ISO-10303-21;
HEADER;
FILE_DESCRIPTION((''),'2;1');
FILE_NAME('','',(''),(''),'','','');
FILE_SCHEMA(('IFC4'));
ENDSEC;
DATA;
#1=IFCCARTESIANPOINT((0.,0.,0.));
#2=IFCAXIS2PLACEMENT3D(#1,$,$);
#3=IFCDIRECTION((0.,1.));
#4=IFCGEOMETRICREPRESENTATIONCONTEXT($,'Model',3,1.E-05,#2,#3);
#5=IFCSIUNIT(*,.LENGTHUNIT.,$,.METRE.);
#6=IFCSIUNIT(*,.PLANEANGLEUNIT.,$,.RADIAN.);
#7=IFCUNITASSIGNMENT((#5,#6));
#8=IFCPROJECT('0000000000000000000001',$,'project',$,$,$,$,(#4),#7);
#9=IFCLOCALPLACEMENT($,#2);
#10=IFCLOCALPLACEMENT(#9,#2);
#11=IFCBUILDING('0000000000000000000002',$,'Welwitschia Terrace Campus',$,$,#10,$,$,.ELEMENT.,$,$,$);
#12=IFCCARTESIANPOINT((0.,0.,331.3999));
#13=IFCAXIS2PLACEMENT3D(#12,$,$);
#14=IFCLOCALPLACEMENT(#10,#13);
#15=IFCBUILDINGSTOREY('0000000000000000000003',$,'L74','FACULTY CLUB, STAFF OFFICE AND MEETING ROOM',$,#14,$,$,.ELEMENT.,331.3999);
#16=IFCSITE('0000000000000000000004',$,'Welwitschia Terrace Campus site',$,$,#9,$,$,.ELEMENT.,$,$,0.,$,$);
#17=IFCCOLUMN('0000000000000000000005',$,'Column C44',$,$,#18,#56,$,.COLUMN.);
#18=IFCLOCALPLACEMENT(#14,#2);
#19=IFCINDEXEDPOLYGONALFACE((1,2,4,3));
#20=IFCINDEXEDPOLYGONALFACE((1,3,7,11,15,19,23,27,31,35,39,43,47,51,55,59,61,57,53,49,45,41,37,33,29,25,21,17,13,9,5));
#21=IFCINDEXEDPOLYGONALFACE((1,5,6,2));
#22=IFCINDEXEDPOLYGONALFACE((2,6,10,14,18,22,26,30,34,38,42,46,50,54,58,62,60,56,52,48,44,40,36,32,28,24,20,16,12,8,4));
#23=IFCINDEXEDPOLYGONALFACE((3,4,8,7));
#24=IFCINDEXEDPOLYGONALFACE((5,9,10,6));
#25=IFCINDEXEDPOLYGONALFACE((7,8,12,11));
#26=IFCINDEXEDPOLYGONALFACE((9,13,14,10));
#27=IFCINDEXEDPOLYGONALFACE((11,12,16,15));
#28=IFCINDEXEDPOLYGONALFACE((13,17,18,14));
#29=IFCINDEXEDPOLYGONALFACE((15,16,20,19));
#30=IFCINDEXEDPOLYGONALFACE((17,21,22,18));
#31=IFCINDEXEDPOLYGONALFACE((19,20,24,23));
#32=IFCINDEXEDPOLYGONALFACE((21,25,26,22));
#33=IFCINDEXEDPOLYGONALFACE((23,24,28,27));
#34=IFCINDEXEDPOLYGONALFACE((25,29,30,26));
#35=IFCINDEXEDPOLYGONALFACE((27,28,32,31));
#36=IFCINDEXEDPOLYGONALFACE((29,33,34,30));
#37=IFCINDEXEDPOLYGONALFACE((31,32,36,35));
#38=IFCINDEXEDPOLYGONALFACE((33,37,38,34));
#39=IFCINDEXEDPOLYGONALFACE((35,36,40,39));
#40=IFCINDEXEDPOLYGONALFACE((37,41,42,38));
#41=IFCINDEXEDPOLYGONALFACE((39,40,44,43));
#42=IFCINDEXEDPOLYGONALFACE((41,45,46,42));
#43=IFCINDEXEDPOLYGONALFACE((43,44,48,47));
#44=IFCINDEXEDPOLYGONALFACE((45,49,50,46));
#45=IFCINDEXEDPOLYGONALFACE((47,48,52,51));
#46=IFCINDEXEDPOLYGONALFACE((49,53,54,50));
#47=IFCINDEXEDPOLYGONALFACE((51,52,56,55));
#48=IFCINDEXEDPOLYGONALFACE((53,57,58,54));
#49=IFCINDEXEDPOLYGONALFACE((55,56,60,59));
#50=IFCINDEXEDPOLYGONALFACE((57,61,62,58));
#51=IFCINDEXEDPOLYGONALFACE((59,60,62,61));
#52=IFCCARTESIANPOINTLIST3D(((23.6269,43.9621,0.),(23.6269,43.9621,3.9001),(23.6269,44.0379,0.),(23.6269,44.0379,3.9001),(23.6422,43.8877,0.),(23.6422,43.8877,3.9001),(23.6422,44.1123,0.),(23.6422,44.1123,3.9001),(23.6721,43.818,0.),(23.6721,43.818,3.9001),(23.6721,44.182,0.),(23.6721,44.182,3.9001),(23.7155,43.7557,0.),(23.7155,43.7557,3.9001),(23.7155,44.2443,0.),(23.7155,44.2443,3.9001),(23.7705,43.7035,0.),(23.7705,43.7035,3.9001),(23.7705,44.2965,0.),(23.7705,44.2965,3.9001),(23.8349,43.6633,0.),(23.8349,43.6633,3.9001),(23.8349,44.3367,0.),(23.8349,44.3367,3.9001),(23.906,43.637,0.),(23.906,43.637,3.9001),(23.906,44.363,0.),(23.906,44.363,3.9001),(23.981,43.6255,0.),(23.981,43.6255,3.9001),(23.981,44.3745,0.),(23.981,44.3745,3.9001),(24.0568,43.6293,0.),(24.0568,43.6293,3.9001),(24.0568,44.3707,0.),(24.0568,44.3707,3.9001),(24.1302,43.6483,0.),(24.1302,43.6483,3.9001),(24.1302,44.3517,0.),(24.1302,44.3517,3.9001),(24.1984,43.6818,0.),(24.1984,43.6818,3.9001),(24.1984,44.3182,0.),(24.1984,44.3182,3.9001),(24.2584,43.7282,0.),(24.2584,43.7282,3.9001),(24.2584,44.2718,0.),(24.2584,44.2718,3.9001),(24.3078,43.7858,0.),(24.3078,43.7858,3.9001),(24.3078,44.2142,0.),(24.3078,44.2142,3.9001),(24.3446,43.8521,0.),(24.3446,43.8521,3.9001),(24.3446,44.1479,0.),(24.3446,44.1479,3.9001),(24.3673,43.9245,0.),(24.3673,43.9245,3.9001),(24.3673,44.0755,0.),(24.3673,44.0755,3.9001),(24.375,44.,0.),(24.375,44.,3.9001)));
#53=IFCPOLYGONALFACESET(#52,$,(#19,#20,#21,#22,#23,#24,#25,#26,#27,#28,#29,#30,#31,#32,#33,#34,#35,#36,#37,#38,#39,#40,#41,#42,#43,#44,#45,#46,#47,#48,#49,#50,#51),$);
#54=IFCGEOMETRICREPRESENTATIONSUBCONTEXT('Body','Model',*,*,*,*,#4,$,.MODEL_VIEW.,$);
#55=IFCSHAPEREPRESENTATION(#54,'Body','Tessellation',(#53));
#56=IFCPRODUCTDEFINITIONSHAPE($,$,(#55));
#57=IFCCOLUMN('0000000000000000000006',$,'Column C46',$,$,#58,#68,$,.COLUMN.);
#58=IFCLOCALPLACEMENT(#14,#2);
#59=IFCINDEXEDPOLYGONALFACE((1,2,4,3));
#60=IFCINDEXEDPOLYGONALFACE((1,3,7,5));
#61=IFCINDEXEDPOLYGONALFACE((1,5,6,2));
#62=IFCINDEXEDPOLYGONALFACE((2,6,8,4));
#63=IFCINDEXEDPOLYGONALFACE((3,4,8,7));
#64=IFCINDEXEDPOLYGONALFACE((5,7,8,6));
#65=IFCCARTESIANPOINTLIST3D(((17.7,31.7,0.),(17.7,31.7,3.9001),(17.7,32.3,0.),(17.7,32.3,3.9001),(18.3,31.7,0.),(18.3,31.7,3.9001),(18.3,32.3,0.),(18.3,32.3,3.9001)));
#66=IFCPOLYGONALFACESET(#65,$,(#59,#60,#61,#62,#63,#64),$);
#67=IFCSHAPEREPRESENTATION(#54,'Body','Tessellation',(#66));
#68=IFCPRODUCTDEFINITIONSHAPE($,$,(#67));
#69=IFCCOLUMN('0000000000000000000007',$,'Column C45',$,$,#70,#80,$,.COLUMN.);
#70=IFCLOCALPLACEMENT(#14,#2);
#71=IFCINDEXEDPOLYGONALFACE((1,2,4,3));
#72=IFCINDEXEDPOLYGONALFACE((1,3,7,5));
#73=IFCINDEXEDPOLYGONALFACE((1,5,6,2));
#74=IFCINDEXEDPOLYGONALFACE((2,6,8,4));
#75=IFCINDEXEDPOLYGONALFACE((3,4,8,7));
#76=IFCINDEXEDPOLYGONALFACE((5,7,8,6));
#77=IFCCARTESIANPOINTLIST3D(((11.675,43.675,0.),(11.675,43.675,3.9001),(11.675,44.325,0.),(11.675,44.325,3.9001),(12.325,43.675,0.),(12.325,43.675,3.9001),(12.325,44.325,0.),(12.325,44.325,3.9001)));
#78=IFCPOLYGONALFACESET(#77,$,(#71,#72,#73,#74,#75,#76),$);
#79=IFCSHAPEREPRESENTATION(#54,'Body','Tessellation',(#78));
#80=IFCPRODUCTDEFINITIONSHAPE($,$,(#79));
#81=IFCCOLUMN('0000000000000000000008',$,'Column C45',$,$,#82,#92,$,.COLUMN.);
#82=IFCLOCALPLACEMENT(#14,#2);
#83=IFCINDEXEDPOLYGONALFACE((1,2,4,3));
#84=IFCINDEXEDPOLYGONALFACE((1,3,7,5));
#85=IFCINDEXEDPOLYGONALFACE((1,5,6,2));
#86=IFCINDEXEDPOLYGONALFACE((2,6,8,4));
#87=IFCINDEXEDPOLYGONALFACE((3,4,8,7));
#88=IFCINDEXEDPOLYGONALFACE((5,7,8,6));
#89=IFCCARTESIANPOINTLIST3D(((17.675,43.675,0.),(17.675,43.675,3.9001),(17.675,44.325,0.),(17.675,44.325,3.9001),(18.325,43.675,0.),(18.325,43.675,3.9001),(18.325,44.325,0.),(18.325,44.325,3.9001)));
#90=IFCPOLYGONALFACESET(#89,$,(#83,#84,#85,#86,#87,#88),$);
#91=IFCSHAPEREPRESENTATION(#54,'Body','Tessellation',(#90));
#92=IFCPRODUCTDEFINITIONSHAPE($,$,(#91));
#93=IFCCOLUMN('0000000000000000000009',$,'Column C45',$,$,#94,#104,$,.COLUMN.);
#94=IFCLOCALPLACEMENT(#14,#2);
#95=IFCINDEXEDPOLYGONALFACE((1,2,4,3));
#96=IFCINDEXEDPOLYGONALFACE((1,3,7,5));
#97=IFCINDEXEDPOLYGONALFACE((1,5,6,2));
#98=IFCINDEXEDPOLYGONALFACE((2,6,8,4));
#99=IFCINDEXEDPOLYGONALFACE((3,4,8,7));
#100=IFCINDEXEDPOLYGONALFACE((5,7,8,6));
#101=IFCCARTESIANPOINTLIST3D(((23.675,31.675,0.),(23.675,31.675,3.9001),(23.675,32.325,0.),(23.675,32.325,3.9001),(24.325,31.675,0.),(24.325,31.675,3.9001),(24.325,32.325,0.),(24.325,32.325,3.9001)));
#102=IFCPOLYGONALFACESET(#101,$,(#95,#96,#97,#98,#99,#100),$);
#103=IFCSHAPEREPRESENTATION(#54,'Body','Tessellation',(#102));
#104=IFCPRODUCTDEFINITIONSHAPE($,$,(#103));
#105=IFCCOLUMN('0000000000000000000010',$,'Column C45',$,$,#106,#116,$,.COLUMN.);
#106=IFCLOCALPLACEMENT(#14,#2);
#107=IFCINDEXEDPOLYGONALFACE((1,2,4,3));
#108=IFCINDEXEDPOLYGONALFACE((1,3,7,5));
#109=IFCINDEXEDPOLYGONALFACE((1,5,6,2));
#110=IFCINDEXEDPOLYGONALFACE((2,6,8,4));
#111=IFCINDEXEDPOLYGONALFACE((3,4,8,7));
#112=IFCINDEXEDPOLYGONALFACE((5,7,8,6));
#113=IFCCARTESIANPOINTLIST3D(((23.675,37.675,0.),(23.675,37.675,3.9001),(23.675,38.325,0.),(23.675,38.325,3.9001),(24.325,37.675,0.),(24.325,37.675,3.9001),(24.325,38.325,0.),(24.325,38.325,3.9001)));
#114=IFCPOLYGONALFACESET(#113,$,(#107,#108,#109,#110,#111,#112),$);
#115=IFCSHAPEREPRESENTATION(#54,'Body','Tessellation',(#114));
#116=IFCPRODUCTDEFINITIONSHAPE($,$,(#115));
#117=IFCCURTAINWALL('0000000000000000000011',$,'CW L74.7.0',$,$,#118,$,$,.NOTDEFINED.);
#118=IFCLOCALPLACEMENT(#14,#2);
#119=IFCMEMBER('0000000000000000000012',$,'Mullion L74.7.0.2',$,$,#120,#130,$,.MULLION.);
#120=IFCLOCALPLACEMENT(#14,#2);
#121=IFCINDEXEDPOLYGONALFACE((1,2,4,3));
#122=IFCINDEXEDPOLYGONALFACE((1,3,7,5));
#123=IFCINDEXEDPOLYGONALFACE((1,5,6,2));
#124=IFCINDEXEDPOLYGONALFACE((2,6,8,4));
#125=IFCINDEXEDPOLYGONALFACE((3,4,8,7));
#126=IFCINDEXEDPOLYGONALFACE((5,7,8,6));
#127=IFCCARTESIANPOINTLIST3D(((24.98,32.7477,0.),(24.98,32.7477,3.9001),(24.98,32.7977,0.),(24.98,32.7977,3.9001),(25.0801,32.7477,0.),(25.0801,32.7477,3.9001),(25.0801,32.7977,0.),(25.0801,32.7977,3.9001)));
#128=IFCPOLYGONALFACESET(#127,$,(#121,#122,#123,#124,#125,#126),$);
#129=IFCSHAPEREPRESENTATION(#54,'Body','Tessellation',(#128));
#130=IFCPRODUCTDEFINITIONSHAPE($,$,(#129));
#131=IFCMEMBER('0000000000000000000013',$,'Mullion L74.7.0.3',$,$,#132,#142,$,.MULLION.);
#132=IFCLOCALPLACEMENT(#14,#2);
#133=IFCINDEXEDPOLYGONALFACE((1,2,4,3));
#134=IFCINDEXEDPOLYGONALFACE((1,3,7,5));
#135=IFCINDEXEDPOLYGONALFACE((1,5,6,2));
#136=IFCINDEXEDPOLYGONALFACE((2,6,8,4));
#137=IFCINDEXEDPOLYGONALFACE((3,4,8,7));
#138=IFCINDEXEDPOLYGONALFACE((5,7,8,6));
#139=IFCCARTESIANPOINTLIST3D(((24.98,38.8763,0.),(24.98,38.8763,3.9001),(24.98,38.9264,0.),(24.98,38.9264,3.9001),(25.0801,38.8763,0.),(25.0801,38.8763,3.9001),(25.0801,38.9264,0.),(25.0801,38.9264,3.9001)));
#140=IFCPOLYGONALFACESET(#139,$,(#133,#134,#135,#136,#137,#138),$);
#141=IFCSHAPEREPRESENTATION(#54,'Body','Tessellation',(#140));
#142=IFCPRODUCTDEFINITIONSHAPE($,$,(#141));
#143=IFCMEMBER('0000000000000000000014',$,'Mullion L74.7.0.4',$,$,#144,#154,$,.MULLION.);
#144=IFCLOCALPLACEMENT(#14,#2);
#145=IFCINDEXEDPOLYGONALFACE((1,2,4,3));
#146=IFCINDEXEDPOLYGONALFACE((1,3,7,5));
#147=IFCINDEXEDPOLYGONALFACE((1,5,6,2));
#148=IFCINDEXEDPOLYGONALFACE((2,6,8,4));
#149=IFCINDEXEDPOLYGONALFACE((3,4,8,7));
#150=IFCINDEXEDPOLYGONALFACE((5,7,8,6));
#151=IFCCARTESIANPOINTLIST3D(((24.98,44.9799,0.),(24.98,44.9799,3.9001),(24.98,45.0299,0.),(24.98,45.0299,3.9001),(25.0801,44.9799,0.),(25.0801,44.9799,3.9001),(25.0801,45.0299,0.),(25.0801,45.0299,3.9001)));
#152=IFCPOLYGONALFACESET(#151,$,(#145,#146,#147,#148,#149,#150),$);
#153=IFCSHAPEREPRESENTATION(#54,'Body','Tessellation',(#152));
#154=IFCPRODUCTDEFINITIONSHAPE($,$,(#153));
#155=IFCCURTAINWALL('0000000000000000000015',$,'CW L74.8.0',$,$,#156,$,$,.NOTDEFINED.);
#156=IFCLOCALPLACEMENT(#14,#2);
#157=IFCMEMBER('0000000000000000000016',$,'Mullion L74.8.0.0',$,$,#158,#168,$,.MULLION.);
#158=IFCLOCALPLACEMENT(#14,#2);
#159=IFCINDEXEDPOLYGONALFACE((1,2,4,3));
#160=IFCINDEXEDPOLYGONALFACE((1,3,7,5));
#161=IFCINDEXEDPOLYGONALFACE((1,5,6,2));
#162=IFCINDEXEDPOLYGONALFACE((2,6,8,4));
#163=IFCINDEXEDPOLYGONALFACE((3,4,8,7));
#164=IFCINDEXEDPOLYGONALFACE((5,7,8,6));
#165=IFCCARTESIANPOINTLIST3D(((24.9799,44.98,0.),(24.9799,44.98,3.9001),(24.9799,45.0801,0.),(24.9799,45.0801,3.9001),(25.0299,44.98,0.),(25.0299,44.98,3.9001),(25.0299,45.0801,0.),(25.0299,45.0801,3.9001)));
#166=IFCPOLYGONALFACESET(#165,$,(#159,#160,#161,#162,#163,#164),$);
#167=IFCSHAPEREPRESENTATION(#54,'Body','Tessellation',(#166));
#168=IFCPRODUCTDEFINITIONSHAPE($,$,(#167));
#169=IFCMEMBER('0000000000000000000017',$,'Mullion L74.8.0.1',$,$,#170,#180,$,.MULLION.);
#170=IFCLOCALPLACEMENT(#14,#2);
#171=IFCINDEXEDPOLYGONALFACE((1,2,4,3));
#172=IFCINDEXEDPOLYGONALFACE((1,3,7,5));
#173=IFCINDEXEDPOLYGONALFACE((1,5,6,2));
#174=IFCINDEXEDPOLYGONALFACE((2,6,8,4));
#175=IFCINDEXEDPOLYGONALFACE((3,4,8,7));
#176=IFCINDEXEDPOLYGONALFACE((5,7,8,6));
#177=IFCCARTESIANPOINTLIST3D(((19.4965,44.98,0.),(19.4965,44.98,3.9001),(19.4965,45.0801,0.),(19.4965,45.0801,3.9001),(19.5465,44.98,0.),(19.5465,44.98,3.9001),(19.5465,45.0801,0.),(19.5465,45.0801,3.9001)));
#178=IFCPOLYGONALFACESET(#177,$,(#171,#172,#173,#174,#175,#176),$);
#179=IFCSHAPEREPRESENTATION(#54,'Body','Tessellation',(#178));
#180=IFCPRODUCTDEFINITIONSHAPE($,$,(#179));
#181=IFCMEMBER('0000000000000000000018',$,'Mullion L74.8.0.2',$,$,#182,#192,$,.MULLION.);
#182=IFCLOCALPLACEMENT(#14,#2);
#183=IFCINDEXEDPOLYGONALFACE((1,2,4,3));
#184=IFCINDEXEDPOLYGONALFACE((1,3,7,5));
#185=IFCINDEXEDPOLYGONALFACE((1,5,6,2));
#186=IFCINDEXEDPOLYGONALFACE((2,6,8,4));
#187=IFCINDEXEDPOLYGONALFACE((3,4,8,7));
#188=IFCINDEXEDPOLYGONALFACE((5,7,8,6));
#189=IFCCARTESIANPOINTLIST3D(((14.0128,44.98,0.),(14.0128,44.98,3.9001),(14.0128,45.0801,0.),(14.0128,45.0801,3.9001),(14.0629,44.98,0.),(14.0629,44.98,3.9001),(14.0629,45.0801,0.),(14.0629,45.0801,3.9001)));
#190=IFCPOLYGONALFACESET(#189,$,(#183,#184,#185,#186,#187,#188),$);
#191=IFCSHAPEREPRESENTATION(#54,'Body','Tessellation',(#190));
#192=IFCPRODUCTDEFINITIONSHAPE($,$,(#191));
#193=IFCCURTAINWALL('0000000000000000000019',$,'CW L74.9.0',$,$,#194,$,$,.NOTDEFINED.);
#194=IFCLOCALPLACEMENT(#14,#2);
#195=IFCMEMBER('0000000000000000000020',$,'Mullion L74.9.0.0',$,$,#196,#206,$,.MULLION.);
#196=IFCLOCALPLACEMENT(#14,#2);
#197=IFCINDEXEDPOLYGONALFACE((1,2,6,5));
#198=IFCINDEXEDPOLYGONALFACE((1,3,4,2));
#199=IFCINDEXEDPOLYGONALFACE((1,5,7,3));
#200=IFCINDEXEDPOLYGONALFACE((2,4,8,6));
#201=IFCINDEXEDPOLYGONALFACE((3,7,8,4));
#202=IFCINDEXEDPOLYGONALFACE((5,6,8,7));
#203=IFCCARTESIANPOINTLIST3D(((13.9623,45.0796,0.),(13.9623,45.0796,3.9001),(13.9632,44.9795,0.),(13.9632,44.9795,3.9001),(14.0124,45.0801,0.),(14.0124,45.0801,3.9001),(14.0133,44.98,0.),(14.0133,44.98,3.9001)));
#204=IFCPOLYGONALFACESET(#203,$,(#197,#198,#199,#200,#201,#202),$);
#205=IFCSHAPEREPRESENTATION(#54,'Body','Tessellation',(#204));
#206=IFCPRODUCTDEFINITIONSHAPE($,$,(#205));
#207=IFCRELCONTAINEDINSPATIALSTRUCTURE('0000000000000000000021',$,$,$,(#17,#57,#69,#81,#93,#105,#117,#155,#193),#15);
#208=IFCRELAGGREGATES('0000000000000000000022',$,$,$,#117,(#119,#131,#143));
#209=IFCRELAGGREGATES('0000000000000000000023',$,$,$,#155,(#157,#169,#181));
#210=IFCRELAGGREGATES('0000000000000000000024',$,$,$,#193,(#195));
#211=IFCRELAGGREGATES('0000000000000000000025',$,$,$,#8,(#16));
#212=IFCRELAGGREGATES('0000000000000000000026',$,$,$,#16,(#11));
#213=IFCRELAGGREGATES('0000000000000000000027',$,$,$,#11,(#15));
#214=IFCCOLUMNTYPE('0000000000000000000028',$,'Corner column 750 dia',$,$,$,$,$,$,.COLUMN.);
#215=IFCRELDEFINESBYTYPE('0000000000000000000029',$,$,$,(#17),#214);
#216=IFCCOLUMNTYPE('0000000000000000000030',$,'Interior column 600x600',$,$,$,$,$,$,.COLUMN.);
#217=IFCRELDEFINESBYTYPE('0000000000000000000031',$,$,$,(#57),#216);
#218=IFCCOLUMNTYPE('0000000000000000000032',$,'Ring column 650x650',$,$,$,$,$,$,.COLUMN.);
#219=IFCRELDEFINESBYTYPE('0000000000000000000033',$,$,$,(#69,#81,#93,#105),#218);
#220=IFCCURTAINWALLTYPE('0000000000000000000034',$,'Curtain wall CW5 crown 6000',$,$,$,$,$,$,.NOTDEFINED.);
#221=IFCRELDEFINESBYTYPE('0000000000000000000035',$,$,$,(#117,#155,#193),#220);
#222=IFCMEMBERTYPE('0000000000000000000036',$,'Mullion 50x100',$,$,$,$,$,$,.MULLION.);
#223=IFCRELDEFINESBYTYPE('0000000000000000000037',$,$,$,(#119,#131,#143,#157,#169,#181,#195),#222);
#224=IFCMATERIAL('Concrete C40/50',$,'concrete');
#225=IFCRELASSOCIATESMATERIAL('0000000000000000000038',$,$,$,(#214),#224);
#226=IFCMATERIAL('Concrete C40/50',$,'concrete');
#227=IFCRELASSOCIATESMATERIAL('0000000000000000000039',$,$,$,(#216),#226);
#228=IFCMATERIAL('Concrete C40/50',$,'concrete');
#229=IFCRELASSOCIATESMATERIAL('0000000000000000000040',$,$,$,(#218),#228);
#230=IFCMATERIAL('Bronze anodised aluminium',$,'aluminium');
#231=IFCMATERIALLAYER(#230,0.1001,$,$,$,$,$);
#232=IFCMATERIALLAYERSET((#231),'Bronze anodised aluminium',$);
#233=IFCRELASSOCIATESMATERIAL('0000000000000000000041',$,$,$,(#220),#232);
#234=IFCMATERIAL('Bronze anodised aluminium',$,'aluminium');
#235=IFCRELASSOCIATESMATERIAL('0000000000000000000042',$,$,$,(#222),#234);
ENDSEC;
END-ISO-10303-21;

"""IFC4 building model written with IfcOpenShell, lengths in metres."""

from ifc_helpers import new_model, si_unit, direction, frame, origin, origin_2d, place, context, subcontext, project, spatial, rectangle, circle, extrude, material, layer, layer_set, material_profile, profile_set, type_object, element, aggregate, save


model = new_model("IFC4")

# Units and contexts
model_context = context("Model", 3, precision=1e-05, world=origin(), true_north=direction((0.0, 1.0)))
body_context = subcontext(model_context, "Body", "Model", "MODEL_VIEW")
ifc_project = project(units=[si_unit("LENGTHUNIT", "METRE"), si_unit("PLANEANGLEUNIT", "RADIAN")], contexts=[model_context])

# Site, building, storey
site_placement = place(None, origin())
site = spatial("IfcSite", under=ifc_project, at=site_placement, Name="Welwitschia Terrace Campus site", CompositionType="ELEMENT", RefElevation=0.0)
building_placement = place(site_placement, origin())
building = spatial("IfcBuilding", under=site, at=building_placement, Name="Welwitschia Terrace Campus", CompositionType="ELEMENT")
storey_placement = place(building_placement, frame((0.0, 0.0, 331.3999)))
storey = spatial("IfcBuildingStorey", under=building, at=storey_placement, Name="L74", Description="FACULTY CLUB, STAFF OFFICE AND MEETING ROOM", CompositionType="ELEMENT", Elevation=331.3999)

# Columns
ifc_material_1 = material(Name="Concrete C40/50", Category="concrete")
ifc_material_profile_1 = material_profile(ifc_material_1, circle(Radius=0.375, at=origin_2d()))
ifc_profile_set_1 = profile_set([ifc_material_profile_1], Name="Concrete C40/50")
column_type_1 = type_object("IfcColumnType", Name="Corner column 750 dia", PredefinedType="COLUMN", material=ifc_profile_set_1)
column_1_placement = place(storey_placement, frame((24.0, 44.0, 0.0), z_axis=(0.0, 0.0, 1.0), x_axis=(1.0, 0.0, 0.0)))
element("IfcColumn", 1, at=column_1_placement, inside=storey, type_object=column_type_1, Name="Column C44", PredefinedType="COLUMN", context=body_context, shape_type="SweptSolid", body=[
    extrude(circle(Radius=0.375, at=origin_2d()), origin(), (0.0, 0.0, 1.0), 3.9001),
])
ifc_material_2 = material(Name="Concrete C40/50", Category="concrete")
ifc_material_profile_2 = material_profile(ifc_material_2, rectangle(XDim=0.6001, YDim=0.6001, at=origin_2d()))
ifc_profile_set_2 = profile_set([ifc_material_profile_2], Name="Concrete C40/50")
column_type_2 = type_object("IfcColumnType", Name="Interior column 600x600", PredefinedType="COLUMN", material=ifc_profile_set_2)
column_2_placement = place(storey_placement, frame((18.0, 32.0, 0.0), z_axis=(0.0, 0.0, 1.0), x_axis=(1.0, 0.0, 0.0)))
element("IfcColumn", 2, at=column_2_placement, inside=storey, type_object=column_type_2, Name="Column C46", PredefinedType="COLUMN", context=body_context, shape_type="SweptSolid", body=[
    extrude(rectangle(XDim=0.6001, YDim=0.6001, at=origin_2d()), origin(), (0.0, 0.0, 1.0), 3.9001),
])
ifc_material_3 = material(Name="Concrete C40/50", Category="concrete")
ifc_material_profile_3 = material_profile(ifc_material_3, rectangle(XDim=0.6499, YDim=0.6499, at=origin_2d()))
ifc_profile_set_3 = profile_set([ifc_material_profile_3], Name="Concrete C40/50")
column_type_3 = type_object("IfcColumnType", Name="Ring column 650x650", PredefinedType="COLUMN", material=ifc_profile_set_3)
for number, where, z_axis, x_axis, name in (
    (3, (12.0, 44.0, 0.0), (0.0, 0.0, 1.0), (1.0, 0.0, 0.0), "Column C45"),
    (4, (18.0, 44.0, 0.0), (0.0, 0.0, 1.0), (1.0, 0.0, 0.0), "Column C45"),
    (5, (24.0, 32.0, 0.0), (0.0, 0.0, 1.0), (1.0, 0.0, 0.0), "Column C45"),
    (6, (24.0, 38.0, 0.0), (0.0, 0.0, 1.0), (1.0, 0.0, 0.0), "Column C45"),
):
    element("IfcColumn", number, at=place(storey_placement, frame(where, z_axis=z_axis, x_axis=x_axis)), inside=storey, type_object=column_type_3, Name=name, PredefinedType="COLUMN", context=body_context, shape_type="SweptSolid", body=[
        extrude(rectangle(XDim=0.6499, YDim=0.6499, at=origin_2d()), origin(), (0.0, 0.0, 1.0), 3.9001),
    ])

# Curtain walls, members
ifc_material_4 = material(Name="Bronze anodised aluminium", Category="aluminium")
ifc_layer_1 = layer(ifc_material_4, 0.1001)
ifc_layer_set_1 = layer_set([ifc_layer_1], Name="Bronze anodised aluminium")
curtain_wall_type = type_object("IfcCurtainWallType", Name="Curtain wall CW5 crown 6000", PredefinedType="NOTDEFINED", material=ifc_layer_set_1)
curtain_wall_1_placement = place(storey_placement, origin())
curtain_wall_1 = element("IfcCurtainWall", 7, at=curtain_wall_1_placement, inside=storey, type_object=curtain_wall_type, Name="CW L74.7.0", PredefinedType="NOTDEFINED")
ifc_material_5 = material(Name="Bronze anodised aluminium", Category="aluminium")
ifc_material_profile_4 = material_profile(ifc_material_5, rectangle(XDim=0.1001, YDim=0.05, at=origin_2d()))
ifc_profile_set_4 = profile_set([ifc_material_profile_4], Name="Bronze anodised aluminium")
member_type_1 = type_object("IfcMemberType", Name="Mullion 50x100", PredefinedType="MULLION", material=ifc_profile_set_4)
member_1_placement = place(storey_placement, frame((25.03, 32.7727, 0.0), z_axis=(0.0, 0.0, 1.0), x_axis=(-1.0, 0.0, 0.0)))
member_1 = element("IfcMember", 8, at=member_1_placement, type_object=member_type_1, Name="Mullion L74.7.0.2", PredefinedType="MULLION", context=body_context, shape_type="SweptSolid", body=[
    extrude(rectangle(XDim=0.1001, YDim=0.05, at=origin_2d()), origin(), (0.0, 0.0, 1.0), 3.9001),
])
member_2_placement = place(storey_placement, frame((25.03, 38.9014, 0.0), z_axis=(0.0, 0.0, 1.0), x_axis=(-1.0, 0.0, 0.0)))
member_2 = element("IfcMember", 9, at=member_2_placement, type_object=member_type_1, Name="Mullion L74.7.0.3", PredefinedType="MULLION", context=body_context, shape_type="SweptSolid", body=[
    extrude(rectangle(XDim=0.1001, YDim=0.05, at=origin_2d()), origin(), (0.0, 0.0, 1.0), 3.9001),
])
member_3_placement = place(storey_placement, frame((25.03, 45.0049, 0.0), z_axis=(0.0, 0.0, 1.0), x_axis=(-1.0, 0.0, 0.0)))
member_3 = element("IfcMember", 10, at=member_3_placement, type_object=member_type_1, Name="Mullion L74.7.0.4", PredefinedType="MULLION", context=body_context, shape_type="SweptSolid", body=[
    extrude(rectangle(XDim=0.1001, YDim=0.05, at=origin_2d()), origin(), (0.0, 0.0, 1.0), 3.9001),
])
curtain_wall_2_placement = place(storey_placement, origin())
curtain_wall_2 = element("IfcCurtainWall", 11, at=curtain_wall_2_placement, inside=storey, type_object=curtain_wall_type, Name="CW L74.8.0", PredefinedType="NOTDEFINED")
member_4_placement = place(storey_placement, frame((25.0049, 45.03, 0.0), z_axis=(0.0, 0.0, 1.0), x_axis=(0.0, -1.0, 0.0)))
member_4 = element("IfcMember", 12, at=member_4_placement, type_object=member_type_1, Name="Mullion L74.8.0.0", PredefinedType="MULLION", context=body_context, shape_type="SweptSolid", body=[
    extrude(rectangle(XDim=0.1001, YDim=0.05, at=origin_2d()), origin(), (0.0, 0.0, 1.0), 3.9001),
])
member_5_placement = place(storey_placement, frame((19.5215, 45.03, 0.0), z_axis=(0.0, 0.0, 1.0), x_axis=(0.0, -1.0, 0.0)))
member_5 = element("IfcMember", 13, at=member_5_placement, type_object=member_type_1, Name="Mullion L74.8.0.1", PredefinedType="MULLION", context=body_context, shape_type="SweptSolid", body=[
    extrude(rectangle(XDim=0.1001, YDim=0.05, at=origin_2d()), origin(), (0.0, 0.0, 1.0), 3.9001),
])
member_6_placement = place(storey_placement, frame((14.0378, 45.03, 0.0), z_axis=(0.0, 0.0, 1.0), x_axis=(0.0, -1.0, 0.0)))
member_6 = element("IfcMember", 14, at=member_6_placement, type_object=member_type_1, Name="Mullion L74.8.0.2", PredefinedType="MULLION", context=body_context, shape_type="SweptSolid", body=[
    extrude(rectangle(XDim=0.1001, YDim=0.05, at=origin_2d()), origin(), (0.0, 0.0, 1.0), 3.9001),
])

# Curtain wall, member
curtain_wall_3_placement = place(storey_placement, origin())
curtain_wall_3 = element("IfcCurtainWall", 15, at=curtain_wall_3_placement, inside=storey, type_object=curtain_wall_type, Name="CW L74.9.0", PredefinedType="NOTDEFINED")
member_7_placement = place(storey_placement, frame((13.9878, 45.0298, 0.0), z_axis=(0.0, 0.0, 1.0), x_axis=(0.008727, -0.999962, 0.0)))
member_7 = element("IfcMember", 16, at=member_7_placement, type_object=member_type_1, Name="Mullion L74.9.0.0", PredefinedType="MULLION", context=body_context, shape_type="SweptSolid", body=[
    extrude(rectangle(XDim=0.1001, YDim=0.05, at=origin_2d()), origin(), (0.0, 0.0, 1.0), 3.9001),
])

aggregate(curtain_wall_1, [member_1, member_2, member_3])
aggregate(curtain_wall_2, [member_4, member_5, member_6])
aggregate(curtain_wall_3, [member_7])

save(model, "model.ifc")
